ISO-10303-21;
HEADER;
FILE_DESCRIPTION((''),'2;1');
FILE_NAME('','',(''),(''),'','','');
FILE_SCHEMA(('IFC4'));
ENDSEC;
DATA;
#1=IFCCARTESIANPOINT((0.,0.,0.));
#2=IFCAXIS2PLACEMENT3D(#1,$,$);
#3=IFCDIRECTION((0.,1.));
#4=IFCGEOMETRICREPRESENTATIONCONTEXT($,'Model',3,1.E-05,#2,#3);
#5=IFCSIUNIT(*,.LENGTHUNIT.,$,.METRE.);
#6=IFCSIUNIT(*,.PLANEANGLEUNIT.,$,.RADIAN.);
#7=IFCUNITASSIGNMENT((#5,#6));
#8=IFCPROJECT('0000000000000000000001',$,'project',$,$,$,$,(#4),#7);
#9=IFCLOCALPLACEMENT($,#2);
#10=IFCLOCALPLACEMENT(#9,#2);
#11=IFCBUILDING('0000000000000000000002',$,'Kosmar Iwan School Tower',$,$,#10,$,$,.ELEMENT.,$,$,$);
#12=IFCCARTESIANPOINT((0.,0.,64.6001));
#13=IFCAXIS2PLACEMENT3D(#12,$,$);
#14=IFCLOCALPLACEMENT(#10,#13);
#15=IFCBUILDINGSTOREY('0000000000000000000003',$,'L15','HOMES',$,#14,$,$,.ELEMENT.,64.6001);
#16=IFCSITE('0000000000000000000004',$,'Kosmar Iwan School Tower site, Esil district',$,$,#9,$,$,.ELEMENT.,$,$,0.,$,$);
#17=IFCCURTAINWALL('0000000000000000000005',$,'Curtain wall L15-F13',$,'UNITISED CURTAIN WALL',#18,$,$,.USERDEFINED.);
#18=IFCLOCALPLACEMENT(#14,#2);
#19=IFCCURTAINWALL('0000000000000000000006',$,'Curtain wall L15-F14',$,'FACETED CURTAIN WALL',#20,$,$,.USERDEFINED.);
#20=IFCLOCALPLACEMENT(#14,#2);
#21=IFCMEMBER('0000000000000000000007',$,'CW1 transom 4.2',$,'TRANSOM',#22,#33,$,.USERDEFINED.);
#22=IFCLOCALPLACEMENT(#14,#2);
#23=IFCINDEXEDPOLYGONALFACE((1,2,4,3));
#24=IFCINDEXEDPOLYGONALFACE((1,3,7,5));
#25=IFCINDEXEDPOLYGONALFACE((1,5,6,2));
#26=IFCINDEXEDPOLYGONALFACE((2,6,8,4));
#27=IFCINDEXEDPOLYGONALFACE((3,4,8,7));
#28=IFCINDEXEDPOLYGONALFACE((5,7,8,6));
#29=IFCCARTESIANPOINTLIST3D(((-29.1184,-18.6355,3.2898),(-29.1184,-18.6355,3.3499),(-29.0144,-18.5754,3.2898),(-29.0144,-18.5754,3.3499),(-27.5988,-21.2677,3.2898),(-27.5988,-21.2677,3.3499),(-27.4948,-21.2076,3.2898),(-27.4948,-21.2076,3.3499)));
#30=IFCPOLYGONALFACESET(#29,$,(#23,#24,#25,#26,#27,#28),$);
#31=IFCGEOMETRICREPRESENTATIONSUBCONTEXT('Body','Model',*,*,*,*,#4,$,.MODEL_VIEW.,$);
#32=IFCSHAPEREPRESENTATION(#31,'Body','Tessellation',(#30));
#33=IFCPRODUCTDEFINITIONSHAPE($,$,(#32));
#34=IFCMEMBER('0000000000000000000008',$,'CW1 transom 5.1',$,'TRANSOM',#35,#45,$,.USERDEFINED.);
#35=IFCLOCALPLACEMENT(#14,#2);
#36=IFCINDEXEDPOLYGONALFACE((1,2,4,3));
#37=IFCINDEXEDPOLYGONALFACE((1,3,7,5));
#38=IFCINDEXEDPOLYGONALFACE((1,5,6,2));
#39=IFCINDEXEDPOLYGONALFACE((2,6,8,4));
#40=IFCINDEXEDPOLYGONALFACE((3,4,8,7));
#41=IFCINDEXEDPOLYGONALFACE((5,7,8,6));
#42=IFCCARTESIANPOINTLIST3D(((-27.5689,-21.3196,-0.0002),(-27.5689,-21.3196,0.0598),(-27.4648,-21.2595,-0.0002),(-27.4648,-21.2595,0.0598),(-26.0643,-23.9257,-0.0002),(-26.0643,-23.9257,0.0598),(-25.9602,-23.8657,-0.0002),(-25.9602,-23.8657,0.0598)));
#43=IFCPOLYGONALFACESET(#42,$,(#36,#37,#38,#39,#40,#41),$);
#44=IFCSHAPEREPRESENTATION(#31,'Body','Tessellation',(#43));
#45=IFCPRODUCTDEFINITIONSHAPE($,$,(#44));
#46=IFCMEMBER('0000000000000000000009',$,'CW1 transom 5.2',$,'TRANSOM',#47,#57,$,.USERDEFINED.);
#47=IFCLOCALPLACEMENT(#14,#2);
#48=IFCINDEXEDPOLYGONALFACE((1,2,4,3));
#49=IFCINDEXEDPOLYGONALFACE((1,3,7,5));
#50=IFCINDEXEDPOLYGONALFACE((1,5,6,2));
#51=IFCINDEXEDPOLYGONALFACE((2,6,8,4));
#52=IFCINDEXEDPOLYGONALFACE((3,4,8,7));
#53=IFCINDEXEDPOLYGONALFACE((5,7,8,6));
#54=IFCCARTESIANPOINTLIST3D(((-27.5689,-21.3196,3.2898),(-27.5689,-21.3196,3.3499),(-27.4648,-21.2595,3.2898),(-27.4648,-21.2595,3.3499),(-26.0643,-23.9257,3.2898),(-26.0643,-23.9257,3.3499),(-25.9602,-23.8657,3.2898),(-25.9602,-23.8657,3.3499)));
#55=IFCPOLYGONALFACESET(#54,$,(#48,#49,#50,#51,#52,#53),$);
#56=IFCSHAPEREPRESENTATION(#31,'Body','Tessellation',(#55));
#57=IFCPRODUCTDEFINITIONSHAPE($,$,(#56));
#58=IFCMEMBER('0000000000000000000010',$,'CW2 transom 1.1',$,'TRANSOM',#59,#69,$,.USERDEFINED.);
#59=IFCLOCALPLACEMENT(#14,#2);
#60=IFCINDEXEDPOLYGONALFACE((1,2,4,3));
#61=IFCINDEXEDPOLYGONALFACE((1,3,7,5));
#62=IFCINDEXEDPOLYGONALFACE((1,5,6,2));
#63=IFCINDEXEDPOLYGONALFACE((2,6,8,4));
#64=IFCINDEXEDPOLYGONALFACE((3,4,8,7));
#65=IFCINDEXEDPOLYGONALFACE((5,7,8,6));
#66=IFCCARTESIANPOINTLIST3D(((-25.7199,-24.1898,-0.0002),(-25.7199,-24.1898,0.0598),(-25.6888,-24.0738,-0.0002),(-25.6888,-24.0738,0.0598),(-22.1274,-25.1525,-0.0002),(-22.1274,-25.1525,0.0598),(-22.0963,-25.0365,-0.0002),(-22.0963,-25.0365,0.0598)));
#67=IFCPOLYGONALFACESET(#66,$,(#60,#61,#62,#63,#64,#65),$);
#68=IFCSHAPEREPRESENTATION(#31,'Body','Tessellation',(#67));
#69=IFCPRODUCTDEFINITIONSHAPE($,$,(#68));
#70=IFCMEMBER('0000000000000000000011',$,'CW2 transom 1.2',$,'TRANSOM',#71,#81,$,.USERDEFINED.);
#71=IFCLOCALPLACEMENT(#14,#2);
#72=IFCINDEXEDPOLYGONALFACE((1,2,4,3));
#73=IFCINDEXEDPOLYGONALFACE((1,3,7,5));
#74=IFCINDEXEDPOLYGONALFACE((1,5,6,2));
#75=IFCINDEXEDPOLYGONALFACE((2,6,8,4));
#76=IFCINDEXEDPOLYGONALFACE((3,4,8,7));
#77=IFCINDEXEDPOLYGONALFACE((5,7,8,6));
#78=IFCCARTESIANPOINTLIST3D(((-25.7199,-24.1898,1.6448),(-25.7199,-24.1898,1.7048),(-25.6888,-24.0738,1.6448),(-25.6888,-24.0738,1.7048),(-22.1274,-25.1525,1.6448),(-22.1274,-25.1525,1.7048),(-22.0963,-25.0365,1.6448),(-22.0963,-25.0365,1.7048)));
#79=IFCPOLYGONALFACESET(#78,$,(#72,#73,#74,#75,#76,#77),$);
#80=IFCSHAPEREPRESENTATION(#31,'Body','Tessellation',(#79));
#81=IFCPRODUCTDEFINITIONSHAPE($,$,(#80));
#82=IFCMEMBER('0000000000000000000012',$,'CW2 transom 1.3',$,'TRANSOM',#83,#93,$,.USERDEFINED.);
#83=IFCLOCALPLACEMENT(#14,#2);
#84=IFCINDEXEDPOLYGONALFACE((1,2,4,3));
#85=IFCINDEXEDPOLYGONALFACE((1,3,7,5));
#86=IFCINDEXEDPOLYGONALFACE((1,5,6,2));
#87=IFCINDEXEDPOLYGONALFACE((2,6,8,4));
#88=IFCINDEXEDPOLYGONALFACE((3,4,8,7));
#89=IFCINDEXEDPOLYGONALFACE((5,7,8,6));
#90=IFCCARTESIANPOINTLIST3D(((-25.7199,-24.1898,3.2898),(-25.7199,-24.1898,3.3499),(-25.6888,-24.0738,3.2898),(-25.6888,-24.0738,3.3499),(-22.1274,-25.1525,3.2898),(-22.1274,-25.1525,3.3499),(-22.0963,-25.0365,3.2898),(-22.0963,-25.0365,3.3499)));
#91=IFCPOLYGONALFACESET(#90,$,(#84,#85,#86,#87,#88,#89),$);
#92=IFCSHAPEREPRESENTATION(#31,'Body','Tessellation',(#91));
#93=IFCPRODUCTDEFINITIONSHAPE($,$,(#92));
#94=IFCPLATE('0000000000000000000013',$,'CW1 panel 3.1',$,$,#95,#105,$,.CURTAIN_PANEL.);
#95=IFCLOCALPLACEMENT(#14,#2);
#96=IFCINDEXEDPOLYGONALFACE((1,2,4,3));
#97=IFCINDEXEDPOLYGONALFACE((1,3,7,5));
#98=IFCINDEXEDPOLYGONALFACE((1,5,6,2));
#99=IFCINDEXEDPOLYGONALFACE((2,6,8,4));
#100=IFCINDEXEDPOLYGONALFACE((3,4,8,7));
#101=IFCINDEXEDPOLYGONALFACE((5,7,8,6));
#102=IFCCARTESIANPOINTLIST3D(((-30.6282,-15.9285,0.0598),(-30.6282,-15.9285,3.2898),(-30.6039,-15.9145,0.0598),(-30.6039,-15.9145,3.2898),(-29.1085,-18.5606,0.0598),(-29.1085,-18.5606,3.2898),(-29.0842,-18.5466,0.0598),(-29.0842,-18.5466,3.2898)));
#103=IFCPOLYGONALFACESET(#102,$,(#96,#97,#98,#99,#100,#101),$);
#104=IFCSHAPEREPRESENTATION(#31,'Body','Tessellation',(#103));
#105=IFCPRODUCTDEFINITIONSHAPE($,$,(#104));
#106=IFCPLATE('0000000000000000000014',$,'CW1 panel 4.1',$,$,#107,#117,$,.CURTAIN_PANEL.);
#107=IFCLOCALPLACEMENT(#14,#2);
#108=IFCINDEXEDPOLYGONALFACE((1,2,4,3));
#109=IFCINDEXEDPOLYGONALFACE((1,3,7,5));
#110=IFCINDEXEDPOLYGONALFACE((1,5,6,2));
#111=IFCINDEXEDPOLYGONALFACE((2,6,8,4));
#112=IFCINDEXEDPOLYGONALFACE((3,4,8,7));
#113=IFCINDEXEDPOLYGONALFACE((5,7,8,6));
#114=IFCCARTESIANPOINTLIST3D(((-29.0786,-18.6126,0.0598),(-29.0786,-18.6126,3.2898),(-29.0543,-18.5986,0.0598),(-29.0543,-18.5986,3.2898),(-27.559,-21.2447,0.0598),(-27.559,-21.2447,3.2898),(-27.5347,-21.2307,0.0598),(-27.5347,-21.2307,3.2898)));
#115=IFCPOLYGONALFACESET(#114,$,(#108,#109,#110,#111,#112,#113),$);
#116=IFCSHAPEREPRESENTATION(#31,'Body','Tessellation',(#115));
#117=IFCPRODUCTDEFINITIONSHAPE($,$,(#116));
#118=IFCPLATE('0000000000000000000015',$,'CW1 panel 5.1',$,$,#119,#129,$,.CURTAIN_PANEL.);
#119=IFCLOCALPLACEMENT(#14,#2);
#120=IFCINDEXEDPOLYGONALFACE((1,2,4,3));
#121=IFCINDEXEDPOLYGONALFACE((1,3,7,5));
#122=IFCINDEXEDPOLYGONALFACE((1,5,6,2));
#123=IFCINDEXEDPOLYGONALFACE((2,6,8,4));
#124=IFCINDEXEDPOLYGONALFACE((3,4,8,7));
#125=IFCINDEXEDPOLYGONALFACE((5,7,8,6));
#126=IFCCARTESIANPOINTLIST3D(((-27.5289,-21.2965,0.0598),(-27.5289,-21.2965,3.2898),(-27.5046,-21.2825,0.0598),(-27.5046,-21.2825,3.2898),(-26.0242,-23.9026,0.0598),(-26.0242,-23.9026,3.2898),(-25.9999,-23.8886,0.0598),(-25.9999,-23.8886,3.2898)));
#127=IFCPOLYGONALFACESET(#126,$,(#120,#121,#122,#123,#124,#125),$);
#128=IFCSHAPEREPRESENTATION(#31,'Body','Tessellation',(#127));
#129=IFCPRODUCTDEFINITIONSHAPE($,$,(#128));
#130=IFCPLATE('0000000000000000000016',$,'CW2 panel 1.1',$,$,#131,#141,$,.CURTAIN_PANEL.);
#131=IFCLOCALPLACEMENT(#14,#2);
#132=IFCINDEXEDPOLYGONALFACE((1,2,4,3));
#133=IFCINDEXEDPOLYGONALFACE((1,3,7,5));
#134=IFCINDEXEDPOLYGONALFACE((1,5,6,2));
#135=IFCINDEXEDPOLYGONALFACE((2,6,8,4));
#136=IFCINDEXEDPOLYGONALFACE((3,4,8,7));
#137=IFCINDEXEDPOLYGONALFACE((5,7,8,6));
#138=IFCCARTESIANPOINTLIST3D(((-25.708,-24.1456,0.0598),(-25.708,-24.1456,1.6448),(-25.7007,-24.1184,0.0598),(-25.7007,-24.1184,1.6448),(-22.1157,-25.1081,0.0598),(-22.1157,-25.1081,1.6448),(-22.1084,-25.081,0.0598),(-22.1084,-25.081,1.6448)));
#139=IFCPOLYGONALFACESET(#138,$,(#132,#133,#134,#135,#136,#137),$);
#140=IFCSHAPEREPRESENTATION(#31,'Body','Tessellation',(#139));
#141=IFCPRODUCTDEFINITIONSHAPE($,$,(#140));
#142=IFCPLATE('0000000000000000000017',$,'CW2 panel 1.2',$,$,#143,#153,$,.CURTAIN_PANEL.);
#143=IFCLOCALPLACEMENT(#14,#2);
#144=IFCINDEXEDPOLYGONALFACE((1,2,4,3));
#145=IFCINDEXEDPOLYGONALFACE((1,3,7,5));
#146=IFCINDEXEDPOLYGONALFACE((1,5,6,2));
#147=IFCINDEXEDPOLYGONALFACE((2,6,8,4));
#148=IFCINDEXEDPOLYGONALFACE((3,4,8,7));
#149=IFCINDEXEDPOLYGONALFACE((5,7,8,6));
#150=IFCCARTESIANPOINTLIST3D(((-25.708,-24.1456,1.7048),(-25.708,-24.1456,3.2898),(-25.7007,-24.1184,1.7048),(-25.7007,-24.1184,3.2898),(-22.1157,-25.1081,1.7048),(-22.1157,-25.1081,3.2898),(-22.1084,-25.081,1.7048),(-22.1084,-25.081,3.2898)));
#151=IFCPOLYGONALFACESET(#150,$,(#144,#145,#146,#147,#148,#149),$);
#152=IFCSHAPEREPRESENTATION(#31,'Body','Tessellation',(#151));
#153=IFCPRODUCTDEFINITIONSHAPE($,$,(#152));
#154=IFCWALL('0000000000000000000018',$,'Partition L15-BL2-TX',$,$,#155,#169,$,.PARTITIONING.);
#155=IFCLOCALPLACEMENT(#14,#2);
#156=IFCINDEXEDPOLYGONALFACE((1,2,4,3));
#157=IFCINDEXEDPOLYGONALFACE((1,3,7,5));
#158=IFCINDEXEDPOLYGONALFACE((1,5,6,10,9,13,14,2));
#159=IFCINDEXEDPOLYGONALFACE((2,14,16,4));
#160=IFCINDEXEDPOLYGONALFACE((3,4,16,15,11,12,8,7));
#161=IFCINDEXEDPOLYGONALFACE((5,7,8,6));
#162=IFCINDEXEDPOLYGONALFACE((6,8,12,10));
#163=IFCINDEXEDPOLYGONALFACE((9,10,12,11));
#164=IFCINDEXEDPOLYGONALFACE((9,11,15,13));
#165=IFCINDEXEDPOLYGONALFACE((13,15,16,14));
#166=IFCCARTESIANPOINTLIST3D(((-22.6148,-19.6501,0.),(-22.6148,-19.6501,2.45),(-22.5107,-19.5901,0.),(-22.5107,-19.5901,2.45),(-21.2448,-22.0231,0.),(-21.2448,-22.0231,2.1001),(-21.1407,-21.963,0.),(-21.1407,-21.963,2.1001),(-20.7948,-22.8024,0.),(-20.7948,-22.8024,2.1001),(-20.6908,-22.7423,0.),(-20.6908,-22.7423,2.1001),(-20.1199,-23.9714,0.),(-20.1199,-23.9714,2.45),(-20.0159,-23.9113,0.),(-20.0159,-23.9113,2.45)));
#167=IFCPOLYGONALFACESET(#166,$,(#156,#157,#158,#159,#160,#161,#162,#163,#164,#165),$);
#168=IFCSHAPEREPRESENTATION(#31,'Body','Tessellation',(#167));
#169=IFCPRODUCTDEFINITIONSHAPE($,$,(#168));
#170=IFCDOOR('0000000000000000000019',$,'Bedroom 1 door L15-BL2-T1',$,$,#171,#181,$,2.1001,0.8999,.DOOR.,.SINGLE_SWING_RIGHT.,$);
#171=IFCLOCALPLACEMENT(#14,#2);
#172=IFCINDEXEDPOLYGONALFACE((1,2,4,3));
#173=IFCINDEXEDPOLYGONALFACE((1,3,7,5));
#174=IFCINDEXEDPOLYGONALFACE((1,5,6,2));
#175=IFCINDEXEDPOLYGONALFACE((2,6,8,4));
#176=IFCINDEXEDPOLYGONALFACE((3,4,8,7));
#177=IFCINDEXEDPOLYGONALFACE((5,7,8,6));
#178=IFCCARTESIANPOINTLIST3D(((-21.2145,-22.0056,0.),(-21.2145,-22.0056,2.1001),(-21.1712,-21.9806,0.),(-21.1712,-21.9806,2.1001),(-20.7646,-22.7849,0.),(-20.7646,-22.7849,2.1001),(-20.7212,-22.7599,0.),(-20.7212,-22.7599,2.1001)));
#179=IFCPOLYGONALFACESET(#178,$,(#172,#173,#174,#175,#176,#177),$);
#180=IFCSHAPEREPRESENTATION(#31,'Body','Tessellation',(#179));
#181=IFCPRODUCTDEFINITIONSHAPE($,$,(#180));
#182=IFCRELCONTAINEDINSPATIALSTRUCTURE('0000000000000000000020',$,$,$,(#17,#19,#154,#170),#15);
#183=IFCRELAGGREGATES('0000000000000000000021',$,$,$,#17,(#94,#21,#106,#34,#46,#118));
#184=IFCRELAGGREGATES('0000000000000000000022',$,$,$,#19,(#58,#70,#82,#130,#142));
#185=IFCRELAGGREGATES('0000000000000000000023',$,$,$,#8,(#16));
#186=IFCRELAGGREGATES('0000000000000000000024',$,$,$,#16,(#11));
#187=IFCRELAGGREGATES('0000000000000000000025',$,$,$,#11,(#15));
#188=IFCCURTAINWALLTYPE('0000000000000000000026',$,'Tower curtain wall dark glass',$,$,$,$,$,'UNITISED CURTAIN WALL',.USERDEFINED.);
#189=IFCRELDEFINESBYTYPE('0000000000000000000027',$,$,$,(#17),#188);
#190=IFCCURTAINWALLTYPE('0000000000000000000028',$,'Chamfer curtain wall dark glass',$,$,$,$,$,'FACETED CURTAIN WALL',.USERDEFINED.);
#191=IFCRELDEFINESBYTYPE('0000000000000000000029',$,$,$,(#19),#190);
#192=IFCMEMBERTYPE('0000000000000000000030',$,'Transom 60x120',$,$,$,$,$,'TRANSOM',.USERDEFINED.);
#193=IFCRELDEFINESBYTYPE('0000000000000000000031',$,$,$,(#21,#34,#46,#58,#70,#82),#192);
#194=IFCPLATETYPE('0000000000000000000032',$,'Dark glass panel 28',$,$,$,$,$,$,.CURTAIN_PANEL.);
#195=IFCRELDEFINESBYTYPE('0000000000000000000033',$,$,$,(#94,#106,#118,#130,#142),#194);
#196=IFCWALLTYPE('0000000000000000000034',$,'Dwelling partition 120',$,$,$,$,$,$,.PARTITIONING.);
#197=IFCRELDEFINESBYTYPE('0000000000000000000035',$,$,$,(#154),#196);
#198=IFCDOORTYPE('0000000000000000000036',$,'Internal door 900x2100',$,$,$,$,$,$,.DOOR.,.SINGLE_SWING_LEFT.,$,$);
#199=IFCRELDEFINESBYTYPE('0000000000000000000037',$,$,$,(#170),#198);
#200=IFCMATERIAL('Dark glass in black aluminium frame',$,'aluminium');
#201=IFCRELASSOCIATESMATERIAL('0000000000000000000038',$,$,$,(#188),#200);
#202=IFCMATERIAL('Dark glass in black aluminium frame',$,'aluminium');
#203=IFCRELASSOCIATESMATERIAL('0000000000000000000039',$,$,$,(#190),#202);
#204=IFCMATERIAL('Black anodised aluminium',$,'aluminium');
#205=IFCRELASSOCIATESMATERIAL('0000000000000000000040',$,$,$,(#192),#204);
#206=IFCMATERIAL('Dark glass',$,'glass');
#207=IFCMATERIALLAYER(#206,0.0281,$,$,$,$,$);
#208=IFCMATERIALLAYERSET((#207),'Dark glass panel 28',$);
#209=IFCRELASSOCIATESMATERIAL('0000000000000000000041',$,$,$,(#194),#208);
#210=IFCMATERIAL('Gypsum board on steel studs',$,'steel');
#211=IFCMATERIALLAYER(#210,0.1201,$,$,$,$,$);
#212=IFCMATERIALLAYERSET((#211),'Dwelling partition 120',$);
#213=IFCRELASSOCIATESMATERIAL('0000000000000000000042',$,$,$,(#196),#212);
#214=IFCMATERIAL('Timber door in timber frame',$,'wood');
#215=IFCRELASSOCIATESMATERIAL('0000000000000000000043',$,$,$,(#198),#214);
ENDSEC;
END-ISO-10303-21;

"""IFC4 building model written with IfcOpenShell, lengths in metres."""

from ifc_helpers import new_model, si_unit, direction, frame, frame_2d, origin, origin_2d, place, context, subcontext, project, spatial, rectangle, extrude, material, layer, layer_set, material_profile, profile_set, type_object, element, fill, aggregate, save


model = new_model("IFC4")

# Units and contexts
model_context = context("Model", 3, precision=1e-05, world=origin(), true_north=direction((0.0, 1.0)))
body_context = subcontext(model_context, "Body", "Model", "MODEL_VIEW")
ifc_project = project(units=[si_unit("LENGTHUNIT", "METRE"), si_unit("PLANEANGLEUNIT", "RADIAN")], contexts=[model_context])

# Site, building, storey
site_placement = place(None, origin())
site = spatial("IfcSite", under=ifc_project, at=site_placement, Name="Kosmar Iwan School Tower site, Esil district", CompositionType="ELEMENT", RefElevation=0.0)
building_placement = place(site_placement, origin())
building = spatial("IfcBuilding", under=site, at=building_placement, Name="Kosmar Iwan School Tower", CompositionType="ELEMENT")
storey_placement = place(building_placement, frame((0.0, 0.0, 64.6001)))
storey = spatial("IfcBuildingStorey", under=building, at=storey_placement, Name="L15", Description="HOMES", CompositionType="ELEMENT", Elevation=64.6001)

# Curtain walls
ifc_material_1 = material(Name="Dark glass in black aluminium frame", Category="aluminium")
curtain_wall_type_1 = type_object("IfcCurtainWallType", Name="Tower curtain wall dark glass", ElementType="UNITISED CURTAIN WALL", PredefinedType="USERDEFINED", material=ifc_material_1)
curtain_wall_1_placement = place(storey_placement, origin())
curtain_wall_1 = element("IfcCurtainWall", 1, at=curtain_wall_1_placement, inside=storey, type_object=curtain_wall_type_1, Name="Curtain wall L15-F13", ObjectType="UNITISED CURTAIN WALL", PredefinedType="USERDEFINED")
ifc_material_2 = material(Name="Dark glass in black aluminium frame", Category="aluminium")
curtain_wall_type_2 = type_object("IfcCurtainWallType", Name="Chamfer curtain wall dark glass", ElementType="FACETED CURTAIN WALL", PredefinedType="USERDEFINED", material=ifc_material_2)
curtain_wall_2_placement = place(storey_placement, origin())
curtain_wall_2 = element("IfcCurtainWall", 2, at=curtain_wall_2_placement, inside=storey, type_object=curtain_wall_type_2, Name="Curtain wall L15-F14", ObjectType="FACETED CURTAIN WALL", PredefinedType="USERDEFINED")

# Members
ifc_material_3 = material(Name="Black anodised aluminium", Category="aluminium")
ifc_material_profile_1 = material_profile(ifc_material_3, rectangle(XDim=0.1201, YDim=0.0601, at=origin_2d()), Name="TRANSOM 60x120")
ifc_profile_set_1 = profile_set([ifc_material_profile_1], Name="Black anodised aluminium")
member_type_1 = type_object("IfcMemberType", Name="Transom 60x120", ElementType="TRANSOM", PredefinedType="USERDEFINED", material=ifc_profile_set_1)
member_1_placement = place(storey_placement, frame((-29.0664, -18.6055, 3.3198), z_axis=(0.499975, -0.86604, 0.0), x_axis=(0.86604, 0.499975, 0.0)))
member_1 = element("IfcMember", 3, at=member_1_placement, type_object=member_type_1, Name="CW1 transom 4.2", ObjectType="TRANSOM", PredefinedType="USERDEFINED", context=body_context, shape_type="SweptSolid", body=[
    extrude(rectangle(XDim=0.1201, YDim=0.0601, at=origin_2d()), origin(), (0.0, 0.0, 1.0), 3.0393),
])
member_2_placement = place(storey_placement, frame((-27.5168, -21.2896, 0.0298), z_axis=(0.499987, -0.866033, 0.0), x_axis=(0.866033, 0.499987, 0.0)))
member_2 = element("IfcMember", 4, at=member_2_placement, type_object=member_type_1, Name="CW1 transom 5.1", ObjectType="TRANSOM", PredefinedType="USERDEFINED", context=body_context, shape_type="SweptSolid", body=[
    extrude(rectangle(XDim=0.1201, YDim=0.0601, at=origin_2d()), origin(), (0.0, 0.0, 1.0), 3.0093),
])
member_3_placement = place(storey_placement, frame((-27.5168, -21.2896, 3.3198), z_axis=(0.499987, -0.866033, 0.0), x_axis=(0.866033, 0.499987, 0.0)))
member_3 = element("IfcMember", 5, at=member_3_placement, type_object=member_type_1, Name="CW1 transom 5.2", ObjectType="TRANSOM", PredefinedType="USERDEFINED", context=body_context, shape_type="SweptSolid", body=[
    extrude(rectangle(XDim=0.1201, YDim=0.0601, at=origin_2d()), origin(), (0.0, 0.0, 1.0), 3.0093),
])
member_4_placement = place(storey_placement, frame((-25.7043, -24.1318, 0.0298), z_axis=(0.965924, -0.258827, 0.0), x_axis=(0.258827, 0.965924, 0.0)))
member_4 = element("IfcMember", 6, at=member_4_placement, type_object=member_type_1, Name="CW2 transom 1.1", ObjectType="TRANSOM", PredefinedType="USERDEFINED", context=body_context, shape_type="SweptSolid", body=[
    extrude(rectangle(XDim=0.1201, YDim=0.0601, at=origin_2d()), origin(), (0.0, 0.0, 1.0), 3.7192),
])
member_5_placement = place(storey_placement, frame((-25.7043, -24.1318, 1.6748), z_axis=(0.965924, -0.258827, 0.0), x_axis=(0.258827, 0.965924, 0.0)))
member_5 = element("IfcMember", 7, at=member_5_placement, type_object=member_type_1, Name="CW2 transom 1.2", ObjectType="TRANSOM", PredefinedType="USERDEFINED", context=body_context, shape_type="SweptSolid", body=[
    extrude(rectangle(XDim=0.1201, YDim=0.0601, at=origin_2d()), origin(), (0.0, 0.0, 1.0), 3.7192),
])
member_6_placement = place(storey_placement, frame((-25.7043, -24.1318, 3.3198), z_axis=(0.965924, -0.258827, 0.0), x_axis=(0.258827, 0.965924, 0.0)))
member_6 = element("IfcMember", 8, at=member_6_placement, type_object=member_type_1, Name="CW2 transom 1.3", ObjectType="TRANSOM", PredefinedType="USERDEFINED", context=body_context, shape_type="SweptSolid", body=[
    extrude(rectangle(XDim=0.1201, YDim=0.0601, at=origin_2d()), origin(), (0.0, 0.0, 1.0), 3.7192),
])

# Plates
ifc_material_4 = material(Name="Dark glass", Category="glass")
ifc_layer_1 = layer(ifc_material_4, 0.0281)
ifc_layer_set_1 = layer_set([ifc_layer_1], Name="Dark glass panel 28")
plate_type = type_object("IfcPlateType", Name="Dark glass panel 28", PredefinedType="CURTAIN_PANEL", material=ifc_layer_set_1)
plate_1_placement = place(storey_placement, frame((-29.8562, -17.2375, 0.0598), z_axis=(0.0, 0.0, 1.0), x_axis=(0.5, -0.866025, 0.0)))
plate_1 = element("IfcPlate", 9, at=plate_1_placement, type_object=plate_type, Name="CW1 panel 3.1", PredefinedType="CURTAIN_PANEL", context=body_context, shape_type="SweptSolid", body=[
    extrude(rectangle(XDim=3.0393, YDim=0.0281, at=origin_2d()), origin(), (0.0, 0.0, 1.0), 3.23),
])
plate_2_placement = place(storey_placement, frame((-28.3066, -19.9216, 0.0598), z_axis=(0.0, 0.0, 1.0), x_axis=(0.5, -0.866025, 0.0)))
plate_2 = element("IfcPlate", 10, at=plate_2_placement, type_object=plate_type, Name="CW1 panel 4.1", PredefinedType="CURTAIN_PANEL", context=body_context, shape_type="SweptSolid", body=[
    extrude(rectangle(XDim=3.0393, YDim=0.0281, at=origin_2d()), origin(), (0.0, 0.0, 1.0), 3.23),
])
plate_3_placement = place(storey_placement, frame((-26.7644, -22.5925, 0.0598), z_axis=(0.0, 0.0, 1.0), x_axis=(0.5, -0.866025, 0.0)))
plate_3 = element("IfcPlate", 11, at=plate_3_placement, type_object=plate_type, Name="CW1 panel 5.1", PredefinedType="CURTAIN_PANEL", context=body_context, shape_type="SweptSolid", body=[
    extrude(rectangle(XDim=3.0093, YDim=0.0281, at=origin_2d()), origin(), (0.0, 0.0, 1.0), 3.23),
])
aggregate(curtain_wall_1, [plate_1, member_1, plate_2, member_2, member_3, plate_3])
plate_4_placement = place(storey_placement, frame((-23.9082, -24.6133, 0.0598), z_axis=(0.0, 0.0, 1.0), x_axis=(0.965926, -0.258819, 0.0)))
plate_4 = element("IfcPlate", 12, at=plate_4_placement, type_object=plate_type, Name="CW2 panel 1.1", PredefinedType="CURTAIN_PANEL", context=body_context, shape_type="SweptSolid", body=[
    extrude(rectangle(XDim=3.719, YDim=0.0281, at=origin_2d()), origin(), (0.0, 0.0, 1.0), 1.585),
])
plate_5_placement = place(storey_placement, frame((-23.9082, -24.6133, 1.7048), z_axis=(0.0, 0.0, 1.0), x_axis=(0.965926, -0.258819, 0.0)))
plate_5 = element("IfcPlate", 13, at=plate_5_placement, type_object=plate_type, Name="CW2 panel 1.2", PredefinedType="CURTAIN_PANEL", context=body_context, shape_type="SweptSolid", body=[
    extrude(rectangle(XDim=3.719, YDim=0.0281, at=origin_2d()), origin(), (0.0, 0.0, 1.0), 1.585),
])
aggregate(curtain_wall_2, [member_4, member_5, member_6, plate_4, plate_5])

# Wall, opening, door
ifc_material_5 = material(Name="Gypsum board on steel studs", Category="steel")
ifc_layer_2 = layer(ifc_material_5, 0.1201)
ifc_layer_set_2 = layer_set([ifc_layer_2], Name="Dwelling partition 120")
wall_type_1 = type_object("IfcWallType", Name="Dwelling partition 120", PredefinedType="PARTITIONING", material=ifc_layer_set_2)
wall_1_placement = place(storey_placement, frame((-22.5627, -19.6201, 0.0), z_axis=(0.0, 0.0, 1.0), x_axis=(0.499996, -0.866028, 0.0)))
wall_1 = element("IfcWall", 14, at=wall_1_placement, inside=storey, type_object=wall_type_1, Name="Partition L15-BL2-TX", PredefinedType="PARTITIONING", context=body_context, shape_type="SweptSolid", body=[
    extrude(rectangle(XDim=4.9897, YDim=0.1201, at=frame_2d((2.4949, 0.0))), origin(), (0.0, 0.0, 1.0), 2.45),
])
opening_1_placement = place(wall_1_placement, frame((2.74, 0.0, 0.0)))
opening_1 = element("IfcOpeningElement", 15, at=opening_1_placement, cuts=wall_1, PredefinedType="OPENING", context=body_context, shape_type="SweptSolid", body=[
    extrude(rectangle(XDim=0.8999, YDim=2.1001, at=frame_2d((0.45, 1.05))), frame((0.0, 0.072, 0.0), z_axis=(0.0, -1.0, 0.0), x_axis=(1.0, 0.0, 0.0)), (0.0, 0.0, 1.0), 0.144),
])
ifc_material_6 = material(Name="Timber door in timber frame", Category="wood")
door_type_1 = type_object("IfcDoorType", Name="Internal door 900x2100", OperationType="SINGLE_SWING_LEFT", PredefinedType="DOOR", material=ifc_material_6)
door_1_placement = place(opening_1_placement, origin())
door_1 = element("IfcDoor", 16, at=door_1_placement, inside=storey, type_object=door_type_1, Name="Bedroom 1 door L15-BL2-T1", OperationType="SINGLE_SWING_RIGHT", OverallHeight=2.1001, OverallWidth=0.8999, PredefinedType="DOOR", context=body_context, shape_type="SweptSolid", body=[
    extrude(rectangle(XDim=0.8999, YDim=2.1001, at=frame_2d((0.45, 1.05))), frame((0.0, 0.0249, 0.0), z_axis=(0.0, -1.0, 0.0), x_axis=(1.0, 0.0, 0.0)), (0.0, 0.0, 1.0), 0.05),
])
fill(opening_1, door_1)

save(model, "model.ifc")
